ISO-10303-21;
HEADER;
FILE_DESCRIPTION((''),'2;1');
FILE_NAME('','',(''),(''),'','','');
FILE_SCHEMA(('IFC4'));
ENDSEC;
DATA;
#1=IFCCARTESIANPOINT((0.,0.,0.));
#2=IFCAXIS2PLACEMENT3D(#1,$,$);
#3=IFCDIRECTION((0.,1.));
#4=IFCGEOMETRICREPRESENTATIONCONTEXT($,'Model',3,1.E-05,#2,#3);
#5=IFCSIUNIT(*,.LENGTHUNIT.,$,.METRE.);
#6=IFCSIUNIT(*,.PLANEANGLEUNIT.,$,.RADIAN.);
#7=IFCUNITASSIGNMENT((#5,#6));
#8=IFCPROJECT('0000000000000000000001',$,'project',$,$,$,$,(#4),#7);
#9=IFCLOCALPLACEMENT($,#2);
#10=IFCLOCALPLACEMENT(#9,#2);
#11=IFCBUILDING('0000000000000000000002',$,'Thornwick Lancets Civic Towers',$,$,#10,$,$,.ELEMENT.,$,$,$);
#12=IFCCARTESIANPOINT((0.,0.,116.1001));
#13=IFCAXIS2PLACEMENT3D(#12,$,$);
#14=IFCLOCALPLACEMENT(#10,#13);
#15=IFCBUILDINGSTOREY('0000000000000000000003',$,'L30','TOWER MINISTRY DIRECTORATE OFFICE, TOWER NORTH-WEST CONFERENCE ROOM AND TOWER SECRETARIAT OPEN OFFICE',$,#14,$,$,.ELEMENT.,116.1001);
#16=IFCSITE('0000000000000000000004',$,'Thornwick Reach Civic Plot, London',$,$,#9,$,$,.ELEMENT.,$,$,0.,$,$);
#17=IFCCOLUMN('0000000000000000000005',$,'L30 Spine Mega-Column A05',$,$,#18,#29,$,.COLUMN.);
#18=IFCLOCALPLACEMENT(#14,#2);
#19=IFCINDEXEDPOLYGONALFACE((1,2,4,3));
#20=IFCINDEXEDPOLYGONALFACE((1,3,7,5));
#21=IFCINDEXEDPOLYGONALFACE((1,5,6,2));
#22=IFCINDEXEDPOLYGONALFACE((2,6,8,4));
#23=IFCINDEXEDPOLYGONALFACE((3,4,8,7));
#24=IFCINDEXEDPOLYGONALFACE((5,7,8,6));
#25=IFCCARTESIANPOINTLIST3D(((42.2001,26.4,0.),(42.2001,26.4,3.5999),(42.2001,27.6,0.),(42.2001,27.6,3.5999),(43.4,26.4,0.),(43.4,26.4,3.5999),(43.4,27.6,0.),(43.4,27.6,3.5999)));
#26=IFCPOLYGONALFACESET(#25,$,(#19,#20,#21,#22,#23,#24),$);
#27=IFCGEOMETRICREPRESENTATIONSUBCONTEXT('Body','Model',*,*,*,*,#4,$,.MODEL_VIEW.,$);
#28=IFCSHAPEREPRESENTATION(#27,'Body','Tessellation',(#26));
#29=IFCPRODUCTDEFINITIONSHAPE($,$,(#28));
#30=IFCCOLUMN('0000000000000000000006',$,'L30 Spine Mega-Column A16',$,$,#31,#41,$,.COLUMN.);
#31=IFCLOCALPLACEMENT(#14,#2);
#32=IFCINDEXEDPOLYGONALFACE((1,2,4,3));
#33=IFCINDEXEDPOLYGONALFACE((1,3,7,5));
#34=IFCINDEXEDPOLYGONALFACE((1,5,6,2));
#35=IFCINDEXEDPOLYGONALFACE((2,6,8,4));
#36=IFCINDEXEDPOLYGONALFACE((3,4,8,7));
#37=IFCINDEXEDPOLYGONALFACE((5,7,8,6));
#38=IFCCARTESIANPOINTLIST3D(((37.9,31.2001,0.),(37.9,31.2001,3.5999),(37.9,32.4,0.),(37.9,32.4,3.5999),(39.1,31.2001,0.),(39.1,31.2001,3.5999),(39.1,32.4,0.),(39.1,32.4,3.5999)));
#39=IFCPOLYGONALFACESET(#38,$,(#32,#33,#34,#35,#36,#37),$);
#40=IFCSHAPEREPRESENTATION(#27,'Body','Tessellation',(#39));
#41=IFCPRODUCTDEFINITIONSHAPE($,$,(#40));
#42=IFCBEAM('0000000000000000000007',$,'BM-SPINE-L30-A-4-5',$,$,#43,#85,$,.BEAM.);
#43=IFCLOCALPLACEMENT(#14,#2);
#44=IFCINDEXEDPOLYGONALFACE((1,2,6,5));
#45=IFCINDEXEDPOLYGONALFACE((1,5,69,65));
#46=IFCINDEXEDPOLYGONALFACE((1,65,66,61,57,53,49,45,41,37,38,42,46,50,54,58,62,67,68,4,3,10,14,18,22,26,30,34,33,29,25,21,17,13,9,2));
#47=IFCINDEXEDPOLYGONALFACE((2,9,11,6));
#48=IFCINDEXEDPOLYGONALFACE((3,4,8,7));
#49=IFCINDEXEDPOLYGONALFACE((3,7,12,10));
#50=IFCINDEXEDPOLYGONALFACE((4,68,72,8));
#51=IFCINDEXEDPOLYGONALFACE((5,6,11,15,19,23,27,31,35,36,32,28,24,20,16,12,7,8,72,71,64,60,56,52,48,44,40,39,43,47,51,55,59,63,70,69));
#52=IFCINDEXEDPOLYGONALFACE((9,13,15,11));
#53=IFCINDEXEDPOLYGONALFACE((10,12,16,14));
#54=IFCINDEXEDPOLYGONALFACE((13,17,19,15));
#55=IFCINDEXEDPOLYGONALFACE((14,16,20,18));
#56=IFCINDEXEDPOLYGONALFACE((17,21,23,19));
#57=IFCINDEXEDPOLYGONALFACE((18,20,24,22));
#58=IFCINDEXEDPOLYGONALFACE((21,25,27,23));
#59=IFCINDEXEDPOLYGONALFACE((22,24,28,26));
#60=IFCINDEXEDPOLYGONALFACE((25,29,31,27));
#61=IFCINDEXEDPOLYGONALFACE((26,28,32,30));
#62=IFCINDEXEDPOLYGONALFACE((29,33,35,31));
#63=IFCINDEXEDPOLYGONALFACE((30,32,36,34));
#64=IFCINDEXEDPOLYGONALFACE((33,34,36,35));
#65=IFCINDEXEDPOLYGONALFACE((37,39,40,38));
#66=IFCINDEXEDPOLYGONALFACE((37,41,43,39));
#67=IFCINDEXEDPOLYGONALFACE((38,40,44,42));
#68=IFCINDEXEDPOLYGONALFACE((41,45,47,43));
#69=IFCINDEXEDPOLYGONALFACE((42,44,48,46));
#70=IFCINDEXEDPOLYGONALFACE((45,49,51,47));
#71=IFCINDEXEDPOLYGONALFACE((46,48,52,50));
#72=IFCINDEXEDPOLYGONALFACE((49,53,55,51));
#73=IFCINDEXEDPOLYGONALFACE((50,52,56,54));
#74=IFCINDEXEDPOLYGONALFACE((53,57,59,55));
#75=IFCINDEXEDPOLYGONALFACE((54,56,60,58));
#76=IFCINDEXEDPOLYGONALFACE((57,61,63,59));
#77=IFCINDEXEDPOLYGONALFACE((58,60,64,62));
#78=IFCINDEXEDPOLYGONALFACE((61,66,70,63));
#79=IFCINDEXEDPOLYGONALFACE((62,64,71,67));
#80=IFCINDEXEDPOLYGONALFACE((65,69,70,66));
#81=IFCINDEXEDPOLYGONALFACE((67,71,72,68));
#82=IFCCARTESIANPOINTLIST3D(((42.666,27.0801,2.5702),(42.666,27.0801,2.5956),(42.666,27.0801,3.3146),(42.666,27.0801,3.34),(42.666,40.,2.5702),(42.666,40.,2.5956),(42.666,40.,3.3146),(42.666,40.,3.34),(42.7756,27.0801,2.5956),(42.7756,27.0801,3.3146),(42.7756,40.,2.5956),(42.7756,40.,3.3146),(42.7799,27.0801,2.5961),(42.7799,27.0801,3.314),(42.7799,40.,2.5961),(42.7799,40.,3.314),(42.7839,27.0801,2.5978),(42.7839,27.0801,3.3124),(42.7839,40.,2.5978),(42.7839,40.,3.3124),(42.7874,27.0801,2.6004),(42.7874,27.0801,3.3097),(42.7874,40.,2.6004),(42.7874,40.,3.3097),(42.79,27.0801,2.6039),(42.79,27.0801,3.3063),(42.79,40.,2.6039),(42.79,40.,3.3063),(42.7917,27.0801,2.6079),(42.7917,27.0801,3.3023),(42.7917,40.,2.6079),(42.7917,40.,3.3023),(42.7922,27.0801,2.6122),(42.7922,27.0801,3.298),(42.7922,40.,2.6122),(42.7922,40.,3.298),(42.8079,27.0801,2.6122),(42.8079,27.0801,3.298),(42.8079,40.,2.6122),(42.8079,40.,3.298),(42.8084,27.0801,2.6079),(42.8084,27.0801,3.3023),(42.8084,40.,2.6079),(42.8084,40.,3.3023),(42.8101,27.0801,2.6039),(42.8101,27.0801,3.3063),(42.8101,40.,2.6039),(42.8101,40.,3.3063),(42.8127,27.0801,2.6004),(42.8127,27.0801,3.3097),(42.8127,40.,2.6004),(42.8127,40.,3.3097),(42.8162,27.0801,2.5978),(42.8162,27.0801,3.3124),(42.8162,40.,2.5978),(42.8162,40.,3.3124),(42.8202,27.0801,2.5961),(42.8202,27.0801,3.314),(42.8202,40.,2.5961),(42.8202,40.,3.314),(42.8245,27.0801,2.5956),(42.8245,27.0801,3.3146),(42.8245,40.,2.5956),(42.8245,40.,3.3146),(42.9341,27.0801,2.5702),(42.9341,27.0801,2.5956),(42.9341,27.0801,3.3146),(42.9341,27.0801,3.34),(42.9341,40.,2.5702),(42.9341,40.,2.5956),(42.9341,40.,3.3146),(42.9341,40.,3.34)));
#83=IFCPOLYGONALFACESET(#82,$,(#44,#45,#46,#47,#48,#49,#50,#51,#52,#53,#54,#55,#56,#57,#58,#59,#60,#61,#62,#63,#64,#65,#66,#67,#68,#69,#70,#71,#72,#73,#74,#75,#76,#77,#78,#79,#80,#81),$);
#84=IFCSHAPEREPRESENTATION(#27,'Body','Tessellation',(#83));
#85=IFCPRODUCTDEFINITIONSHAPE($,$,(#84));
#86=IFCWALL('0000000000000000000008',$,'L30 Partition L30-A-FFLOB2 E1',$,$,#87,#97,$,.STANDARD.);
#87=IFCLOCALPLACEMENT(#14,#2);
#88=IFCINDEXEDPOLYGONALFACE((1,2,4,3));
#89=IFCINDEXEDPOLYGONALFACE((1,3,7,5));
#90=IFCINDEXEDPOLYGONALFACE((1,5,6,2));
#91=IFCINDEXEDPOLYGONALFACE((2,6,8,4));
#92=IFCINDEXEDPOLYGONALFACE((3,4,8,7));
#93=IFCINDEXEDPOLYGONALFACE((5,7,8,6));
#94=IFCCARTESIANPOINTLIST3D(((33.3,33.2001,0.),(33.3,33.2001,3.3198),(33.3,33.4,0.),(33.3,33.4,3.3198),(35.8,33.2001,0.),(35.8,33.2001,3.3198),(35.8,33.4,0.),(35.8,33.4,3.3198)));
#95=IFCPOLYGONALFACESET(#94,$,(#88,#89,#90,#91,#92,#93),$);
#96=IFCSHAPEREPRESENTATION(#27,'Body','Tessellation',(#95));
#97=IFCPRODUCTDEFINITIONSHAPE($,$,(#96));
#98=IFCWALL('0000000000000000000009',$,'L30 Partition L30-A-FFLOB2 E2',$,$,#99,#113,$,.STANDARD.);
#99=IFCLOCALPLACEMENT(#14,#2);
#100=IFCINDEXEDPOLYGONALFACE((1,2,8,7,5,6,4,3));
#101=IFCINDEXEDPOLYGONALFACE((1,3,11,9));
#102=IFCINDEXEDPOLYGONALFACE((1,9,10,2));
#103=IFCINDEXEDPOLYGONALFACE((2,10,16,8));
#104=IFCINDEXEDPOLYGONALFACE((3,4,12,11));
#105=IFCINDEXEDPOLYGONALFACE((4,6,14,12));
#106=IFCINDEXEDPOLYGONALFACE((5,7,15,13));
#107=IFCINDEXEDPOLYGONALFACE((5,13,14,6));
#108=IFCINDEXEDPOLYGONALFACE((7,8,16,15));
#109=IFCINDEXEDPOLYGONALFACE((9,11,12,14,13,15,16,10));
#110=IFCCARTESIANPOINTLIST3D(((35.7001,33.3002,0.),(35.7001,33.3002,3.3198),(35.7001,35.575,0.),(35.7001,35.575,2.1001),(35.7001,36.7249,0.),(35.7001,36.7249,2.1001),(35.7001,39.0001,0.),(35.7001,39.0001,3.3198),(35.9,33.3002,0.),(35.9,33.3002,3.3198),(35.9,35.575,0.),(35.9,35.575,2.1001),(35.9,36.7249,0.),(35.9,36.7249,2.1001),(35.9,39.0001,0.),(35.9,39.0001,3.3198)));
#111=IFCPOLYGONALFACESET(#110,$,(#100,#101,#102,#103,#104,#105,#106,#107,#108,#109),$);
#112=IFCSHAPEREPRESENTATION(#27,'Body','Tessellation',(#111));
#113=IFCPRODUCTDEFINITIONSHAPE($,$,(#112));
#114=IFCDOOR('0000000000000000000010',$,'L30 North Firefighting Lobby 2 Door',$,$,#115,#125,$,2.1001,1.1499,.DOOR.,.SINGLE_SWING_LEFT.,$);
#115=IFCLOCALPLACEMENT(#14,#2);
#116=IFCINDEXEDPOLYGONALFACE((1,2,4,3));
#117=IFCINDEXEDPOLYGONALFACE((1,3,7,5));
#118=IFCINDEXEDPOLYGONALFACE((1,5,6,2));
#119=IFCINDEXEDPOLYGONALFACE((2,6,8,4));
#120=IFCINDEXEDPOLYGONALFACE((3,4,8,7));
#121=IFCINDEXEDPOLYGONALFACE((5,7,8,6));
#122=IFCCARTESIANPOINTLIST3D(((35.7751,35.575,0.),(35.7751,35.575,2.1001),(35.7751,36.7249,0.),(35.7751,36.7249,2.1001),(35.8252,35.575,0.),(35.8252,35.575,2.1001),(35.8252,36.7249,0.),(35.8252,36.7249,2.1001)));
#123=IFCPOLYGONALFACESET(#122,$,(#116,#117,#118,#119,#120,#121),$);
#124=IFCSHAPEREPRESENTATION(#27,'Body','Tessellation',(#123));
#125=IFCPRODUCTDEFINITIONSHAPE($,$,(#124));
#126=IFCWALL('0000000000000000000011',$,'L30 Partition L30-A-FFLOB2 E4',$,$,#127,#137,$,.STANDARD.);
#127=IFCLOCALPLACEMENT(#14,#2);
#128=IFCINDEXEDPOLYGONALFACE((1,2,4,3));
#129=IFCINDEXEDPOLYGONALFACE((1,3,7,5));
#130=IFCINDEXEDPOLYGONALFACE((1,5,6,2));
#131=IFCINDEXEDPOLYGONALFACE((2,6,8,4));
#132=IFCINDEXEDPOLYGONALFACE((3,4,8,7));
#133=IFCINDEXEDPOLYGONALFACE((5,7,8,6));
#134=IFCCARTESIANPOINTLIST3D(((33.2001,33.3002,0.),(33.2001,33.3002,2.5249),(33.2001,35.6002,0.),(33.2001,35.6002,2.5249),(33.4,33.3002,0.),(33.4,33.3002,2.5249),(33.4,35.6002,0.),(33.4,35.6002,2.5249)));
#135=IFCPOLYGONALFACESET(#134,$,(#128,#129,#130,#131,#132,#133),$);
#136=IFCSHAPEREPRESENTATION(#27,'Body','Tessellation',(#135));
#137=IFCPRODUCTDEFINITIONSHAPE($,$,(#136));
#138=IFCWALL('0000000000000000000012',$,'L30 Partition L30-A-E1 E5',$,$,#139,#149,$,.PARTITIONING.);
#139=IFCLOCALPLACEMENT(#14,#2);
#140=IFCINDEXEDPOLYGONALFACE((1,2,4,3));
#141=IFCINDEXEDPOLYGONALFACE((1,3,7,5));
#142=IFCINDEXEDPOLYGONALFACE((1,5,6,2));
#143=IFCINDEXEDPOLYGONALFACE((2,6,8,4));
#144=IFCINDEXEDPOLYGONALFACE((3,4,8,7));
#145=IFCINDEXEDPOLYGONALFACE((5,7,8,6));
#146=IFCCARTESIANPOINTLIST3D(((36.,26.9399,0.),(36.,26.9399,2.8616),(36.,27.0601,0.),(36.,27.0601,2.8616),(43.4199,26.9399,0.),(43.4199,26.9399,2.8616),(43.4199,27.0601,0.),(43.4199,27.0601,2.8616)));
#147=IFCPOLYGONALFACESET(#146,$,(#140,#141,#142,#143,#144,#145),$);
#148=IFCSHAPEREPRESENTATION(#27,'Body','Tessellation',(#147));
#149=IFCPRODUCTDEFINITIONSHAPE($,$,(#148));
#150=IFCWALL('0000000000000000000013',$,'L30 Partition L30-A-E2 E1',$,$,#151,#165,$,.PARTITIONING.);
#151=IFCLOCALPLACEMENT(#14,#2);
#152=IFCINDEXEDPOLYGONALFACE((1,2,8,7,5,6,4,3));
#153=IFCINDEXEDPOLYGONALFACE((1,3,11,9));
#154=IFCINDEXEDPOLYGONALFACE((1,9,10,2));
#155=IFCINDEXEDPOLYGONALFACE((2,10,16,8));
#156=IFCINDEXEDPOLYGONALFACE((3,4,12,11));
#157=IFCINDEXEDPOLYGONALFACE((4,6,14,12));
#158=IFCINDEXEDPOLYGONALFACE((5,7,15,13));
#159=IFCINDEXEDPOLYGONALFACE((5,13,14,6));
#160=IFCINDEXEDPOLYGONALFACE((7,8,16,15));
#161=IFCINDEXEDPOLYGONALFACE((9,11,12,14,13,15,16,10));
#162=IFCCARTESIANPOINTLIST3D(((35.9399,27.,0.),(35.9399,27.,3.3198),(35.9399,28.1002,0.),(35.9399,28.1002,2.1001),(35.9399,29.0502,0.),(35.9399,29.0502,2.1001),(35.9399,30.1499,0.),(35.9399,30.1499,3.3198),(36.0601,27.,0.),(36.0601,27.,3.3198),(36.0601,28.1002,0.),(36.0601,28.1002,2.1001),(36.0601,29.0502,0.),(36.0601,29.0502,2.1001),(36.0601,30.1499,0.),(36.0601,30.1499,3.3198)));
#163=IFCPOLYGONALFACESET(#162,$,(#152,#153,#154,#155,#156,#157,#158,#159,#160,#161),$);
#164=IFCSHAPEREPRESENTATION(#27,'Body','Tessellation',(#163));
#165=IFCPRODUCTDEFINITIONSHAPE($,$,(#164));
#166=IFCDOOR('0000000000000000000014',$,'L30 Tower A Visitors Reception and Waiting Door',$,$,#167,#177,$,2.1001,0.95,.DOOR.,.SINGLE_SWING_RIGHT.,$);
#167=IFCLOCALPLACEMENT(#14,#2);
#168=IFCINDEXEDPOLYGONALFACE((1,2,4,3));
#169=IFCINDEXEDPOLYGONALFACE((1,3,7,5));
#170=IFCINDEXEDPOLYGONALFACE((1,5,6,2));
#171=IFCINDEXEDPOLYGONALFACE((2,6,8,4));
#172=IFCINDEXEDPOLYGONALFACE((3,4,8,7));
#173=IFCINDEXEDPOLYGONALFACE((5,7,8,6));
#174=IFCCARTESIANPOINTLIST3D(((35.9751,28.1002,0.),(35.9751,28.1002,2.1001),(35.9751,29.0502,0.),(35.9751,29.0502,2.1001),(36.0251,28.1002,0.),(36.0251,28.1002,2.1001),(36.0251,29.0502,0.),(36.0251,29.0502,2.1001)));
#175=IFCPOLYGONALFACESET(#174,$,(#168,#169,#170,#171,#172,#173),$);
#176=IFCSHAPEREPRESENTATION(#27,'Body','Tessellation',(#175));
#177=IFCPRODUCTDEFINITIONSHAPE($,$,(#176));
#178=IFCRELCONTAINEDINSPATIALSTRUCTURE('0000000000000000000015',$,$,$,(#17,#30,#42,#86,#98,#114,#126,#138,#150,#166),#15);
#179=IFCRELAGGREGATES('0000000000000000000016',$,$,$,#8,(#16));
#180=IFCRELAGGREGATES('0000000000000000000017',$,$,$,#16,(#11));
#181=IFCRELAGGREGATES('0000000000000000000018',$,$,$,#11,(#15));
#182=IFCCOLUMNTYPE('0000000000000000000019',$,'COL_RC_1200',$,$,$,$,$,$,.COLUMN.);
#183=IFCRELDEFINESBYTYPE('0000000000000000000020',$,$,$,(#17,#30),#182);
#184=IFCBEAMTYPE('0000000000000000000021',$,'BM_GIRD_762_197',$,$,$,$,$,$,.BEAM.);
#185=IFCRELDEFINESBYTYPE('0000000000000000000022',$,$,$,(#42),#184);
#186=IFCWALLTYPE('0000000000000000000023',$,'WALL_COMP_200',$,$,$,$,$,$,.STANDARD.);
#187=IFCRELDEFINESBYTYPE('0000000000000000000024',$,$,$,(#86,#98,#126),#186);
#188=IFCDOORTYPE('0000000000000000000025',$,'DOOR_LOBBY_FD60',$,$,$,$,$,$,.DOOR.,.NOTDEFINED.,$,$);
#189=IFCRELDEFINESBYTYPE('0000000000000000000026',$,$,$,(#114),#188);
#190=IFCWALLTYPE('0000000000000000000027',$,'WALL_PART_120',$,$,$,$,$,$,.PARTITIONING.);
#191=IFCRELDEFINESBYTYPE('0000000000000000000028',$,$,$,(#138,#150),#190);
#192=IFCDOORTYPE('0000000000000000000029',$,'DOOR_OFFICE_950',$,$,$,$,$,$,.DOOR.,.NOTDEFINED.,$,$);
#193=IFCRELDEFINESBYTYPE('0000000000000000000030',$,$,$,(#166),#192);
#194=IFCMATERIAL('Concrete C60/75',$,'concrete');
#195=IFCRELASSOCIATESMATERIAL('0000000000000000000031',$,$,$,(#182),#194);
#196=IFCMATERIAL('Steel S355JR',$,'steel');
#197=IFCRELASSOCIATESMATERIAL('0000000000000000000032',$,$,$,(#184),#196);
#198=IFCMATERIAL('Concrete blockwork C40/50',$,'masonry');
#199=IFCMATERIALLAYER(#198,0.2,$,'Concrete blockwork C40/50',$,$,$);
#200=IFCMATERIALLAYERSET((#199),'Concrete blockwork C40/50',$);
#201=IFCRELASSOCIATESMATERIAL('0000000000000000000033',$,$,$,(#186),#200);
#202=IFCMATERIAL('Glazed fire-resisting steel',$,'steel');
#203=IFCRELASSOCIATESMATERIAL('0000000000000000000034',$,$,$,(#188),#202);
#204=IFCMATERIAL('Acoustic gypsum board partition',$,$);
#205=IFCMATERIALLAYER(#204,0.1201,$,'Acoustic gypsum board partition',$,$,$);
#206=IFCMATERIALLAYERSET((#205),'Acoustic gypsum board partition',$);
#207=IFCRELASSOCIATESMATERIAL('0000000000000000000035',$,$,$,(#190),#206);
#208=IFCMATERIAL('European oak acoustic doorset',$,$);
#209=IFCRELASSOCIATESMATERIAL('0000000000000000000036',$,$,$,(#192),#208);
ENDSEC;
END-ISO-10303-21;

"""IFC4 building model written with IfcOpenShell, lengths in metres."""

from ifc_helpers import new_model, si_unit, direction, frame, frame_2d, origin, origin_2d, place, context, subcontext, project, spatial, rectangle, i_section, extrude, material, layer, layer_set, material_profile, profile_set, type_object, element, fill, save


model = new_model("IFC4")

# Units and contexts
model_context = context("Model", 3, precision=1e-05, world=origin(), true_north=direction((0.0, 1.0)))
body_context = subcontext(model_context, "Body", "Model", "MODEL_VIEW")
ifc_project = project(units=[si_unit("LENGTHUNIT", "METRE"), si_unit("PLANEANGLEUNIT", "RADIAN")], contexts=[model_context])

# Site, building, storey
site_placement = place(None, origin())
site = spatial("IfcSite", under=ifc_project, at=site_placement, Name="Thornwick Reach Civic Plot, London", CompositionType="ELEMENT", RefElevation=0.0)
building_placement = place(site_placement, origin())
building = spatial("IfcBuilding", under=site, at=building_placement, Name="Thornwick Lancets Civic Towers", CompositionType="ELEMENT")
storey_placement = place(building_placement, frame((0.0, 0.0, 116.1001)))
storey = spatial("IfcBuildingStorey", under=building, at=storey_placement, Name="L30", Description="TOWER MINISTRY DIRECTORATE OFFICE, TOWER NORTH-WEST CONFERENCE ROOM AND TOWER SECRETARIAT OPEN OFFICE", CompositionType="ELEMENT", Elevation=116.1001)

# Columns
ifc_material_1 = material(Name="Concrete C60/75", Category="concrete")
ifc_material_profile_1 = material_profile(ifc_material_1, rectangle(XDim=1.2, YDim=1.2, at=origin_2d()), Name="RC 1200x1200")
ifc_profile_set_1 = profile_set([ifc_material_profile_1], Name="Concrete C60/75")
column_type = type_object("IfcColumnType", Name="COL_RC_1200", PredefinedType="COLUMN", material=ifc_profile_set_1)
for number, where, z_axis, x_axis, name in (
    (1, (42.8, 27.0, 0.0), (0.0, 0.0, 1.0), (1.0, 0.0, 0.0), "L30 Spine Mega-Column A05"),
    (2, (38.5, 31.8, 0.0), (0.0, 0.0, 1.0), (1.0, 0.0, 0.0), "L30 Spine Mega-Column A16"),
):
    element("IfcColumn", number, at=place(storey_placement, frame(where, z_axis=z_axis, x_axis=x_axis)), inside=storey, type_object=column_type, Name=name, PredefinedType="COLUMN", context=body_context, shape_type="SweptSolid", body=[
        extrude(rectangle(XDim=1.2, YDim=1.2, at=origin_2d()), origin(), (0.0, 0.0, 1.0), 3.5999),
    ])

# Beam
ifc_material_2 = material(Name="Steel S355JR", Category="steel")
ifc_material_profile_2 = material_profile(ifc_material_2, i_section(OverallWidth=0.2681, OverallDepth=0.7698, WebThickness=0.0156, FlangeThickness=0.0254, FilletRadius=0.0166, at=origin_2d()), Name="UKB 762x267x197")
ifc_profile_set_2 = profile_set([ifc_material_profile_2], Name="Steel S355JR")
beam_type = type_object("IfcBeamType", Name="BM_GIRD_762_197", PredefinedType="BEAM", material=ifc_profile_set_2)
beam_placement = place(storey_placement, frame((42.8, 27.0801, 2.9551), z_axis=(0.0, 1.0, 0.0), x_axis=(-1.0, 0.0, 0.0)))
element("IfcBeam", 3, at=beam_placement, inside=storey, type_object=beam_type, Name="BM-SPINE-L30-A-4-5", PredefinedType="BEAM", context=body_context, shape_type="SweptSolid", body=[
    extrude(i_section(OverallWidth=0.2681, OverallDepth=0.7698, WebThickness=0.0156, FlangeThickness=0.0254, FilletRadius=0.0166, at=origin_2d()), origin(), (0.0, 0.0, 1.0), 12.9199),
])

# Wall
ifc_material_3 = material(Name="Concrete blockwork C40/50", Category="masonry")
ifc_layer_1 = layer(ifc_material_3, 0.2, Name="Concrete blockwork C40/50")
ifc_layer_set_1 = layer_set([ifc_layer_1], Name="Concrete blockwork C40/50")
wall_type_1 = type_object("IfcWallType", Name="WALL_COMP_200", PredefinedType="STANDARD", material=ifc_layer_set_1)
wall_1_placement = place(storey_placement, frame((33.3, 33.3, 0.0), z_axis=(0.0, 0.0, 1.0), x_axis=(1.0, 0.0, 0.0)))
element("IfcWall", 4, at=wall_1_placement, inside=storey, type_object=wall_type_1, Name="L30 Partition L30-A-FFLOB2 E1", PredefinedType="STANDARD", context=body_context, shape_type="SweptSolid", body=[
    extrude(rectangle(XDim=2.5, YDim=0.2, at=frame_2d((1.25, 0.0))), origin(), (0.0, 0.0, 1.0), 3.3198),
])

# Wall, opening, door
wall_2_placement = place(storey_placement, frame((35.8, 33.3, 0.0), z_axis=(0.0, 0.0, 1.0), x_axis=(0.0, 1.0, 0.0)))
wall_2 = element("IfcWall", 5, at=wall_2_placement, inside=storey, type_object=wall_type_1, Name="L30 Partition L30-A-FFLOB2 E2", PredefinedType="STANDARD", context=body_context, shape_type="SweptSolid", body=[
    extrude(rectangle(XDim=5.7, YDim=0.2, at=frame_2d((2.8501, 0.0))), origin(), (0.0, 0.0, 1.0), 3.3198),
])
opening_1_placement = place(wall_2_placement, frame((2.2749, 0.0, 0.0)))
opening_1 = element("IfcOpeningElement", 6, at=opening_1_placement, cuts=wall_2, PredefinedType="OPENING", context=body_context, shape_type="SweptSolid", body=[
    extrude(rectangle(XDim=1.1499, YDim=2.1001, at=frame_2d((0.575, 1.05))), frame((0.0, 0.1099, 0.0), z_axis=(0.0, -1.0, 0.0), x_axis=(1.0, 0.0, 0.0)), (0.0, 0.0, 1.0), 0.22),
])
ifc_material_4 = material(Name="Glazed fire-resisting steel", Category="steel")
door_type_1 = type_object("IfcDoorType", Name="DOOR_LOBBY_FD60", OperationType="NOTDEFINED", PredefinedType="DOOR", material=ifc_material_4)
door_1_placement = place(opening_1_placement, origin())
door_1 = element("IfcDoor", 7, at=door_1_placement, inside=storey, type_object=door_type_1, Name="L30 North Firefighting Lobby 2 Door", OperationType="SINGLE_SWING_LEFT", OverallHeight=2.1001, OverallWidth=1.1499, PredefinedType="DOOR", context=body_context, shape_type="SweptSolid", body=[
    extrude(rectangle(XDim=1.1499, YDim=2.1001, at=frame_2d((0.575, 1.05))), frame((0.0, 0.0249, 0.0), z_axis=(0.0, -1.0, 0.0), x_axis=(1.0, 0.0, 0.0)), (0.0, 0.0, 1.0), 0.05),
])
fill(opening_1, door_1)

# Walls
wall_3_placement = place(storey_placement, frame((33.3, 35.6001, 0.0), z_axis=(0.0, 0.0, 1.0), x_axis=(0.0, -1.0, 0.0)))
element("IfcWall", 8, at=wall_3_placement, inside=storey, type_object=wall_type_1, Name="L30 Partition L30-A-FFLOB2 E4", PredefinedType="STANDARD", context=body_context, shape_type="SweptSolid", body=[
    extrude(rectangle(XDim=2.3, YDim=0.2, at=frame_2d((1.1499, 0.0))), origin(), (0.0, 0.0, 1.0), 2.5249),
])
ifc_material_5 = material(Name="Acoustic gypsum board partition")
ifc_layer_2 = layer(ifc_material_5, 0.1201, Name="Acoustic gypsum board partition")
ifc_layer_set_2 = layer_set([ifc_layer_2], Name="Acoustic gypsum board partition")
wall_type_2 = type_object("IfcWallType", Name="WALL_PART_120", PredefinedType="PARTITIONING", material=ifc_layer_set_2)
wall_4_placement = place(storey_placement, frame((36.0, 27.0, 0.0), z_axis=(0.0, 0.0, 1.0), x_axis=(1.0, 0.0, 0.0)))
element("IfcWall", 9, at=wall_4_placement, inside=storey, type_object=wall_type_2, Name="L30 Partition L30-A-E1 E5", PredefinedType="PARTITIONING", context=body_context, shape_type="SweptSolid", body=[
    extrude(rectangle(XDim=7.4199, YDim=0.1201, at=frame_2d((3.71, 0.0))), origin(), (0.0, 0.0, 1.0), 2.8616),
])

# Wall, opening, door
wall_5_placement = place(storey_placement, frame((36.0, 27.0, 0.0), z_axis=(0.0, 0.0, 1.0), x_axis=(0.0, 1.0, 0.0)))
wall_5 = element("IfcWall", 10, at=wall_5_placement, inside=storey, type_object=wall_type_2, Name="L30 Partition L30-A-E2 E1", PredefinedType="PARTITIONING", context=body_context, shape_type="SweptSolid", body=[
    extrude(rectangle(XDim=3.1499, YDim=0.1201, at=frame_2d((1.575, 0.0))), origin(), (0.0, 0.0, 1.0), 3.3198),
])
opening_2_placement = place(wall_5_placement, frame((1.1001, 0.0, 0.0)))
opening_2 = element("IfcOpeningElement", 11, at=opening_2_placement, cuts=wall_5, PredefinedType="OPENING", context=body_context, shape_type="SweptSolid", body=[
    extrude(rectangle(XDim=0.95, YDim=2.1001, at=frame_2d((0.4751, 1.05))), frame((0.0, 0.0701, 0.0), z_axis=(0.0, -1.0, 0.0), x_axis=(1.0, 0.0, 0.0)), (0.0, 0.0, 1.0), 0.1401),
])
ifc_material_6 = material(Name="European oak acoustic doorset")
door_type_2 = type_object("IfcDoorType", Name="DOOR_OFFICE_950", OperationType="NOTDEFINED", PredefinedType="DOOR", material=ifc_material_6)
door_2_placement = place(opening_2_placement, origin())
door_2 = element("IfcDoor", 12, at=door_2_placement, inside=storey, type_object=door_type_2, Name="L30 Tower A Visitors Reception and Waiting Door", OperationType="SINGLE_SWING_RIGHT", OverallHeight=2.1001, OverallWidth=0.95, PredefinedType="DOOR", context=body_context, shape_type="SweptSolid", body=[
    extrude(rectangle(XDim=0.95, YDim=2.1001, at=frame_2d((0.4751, 1.05))), frame((0.0, 0.0249, 0.0), z_axis=(0.0, -1.0, 0.0), x_axis=(1.0, 0.0, 0.0)), (0.0, 0.0, 1.0), 0.05),
])
fill(opening_2, door_2)

save(model, "model.ifc")
